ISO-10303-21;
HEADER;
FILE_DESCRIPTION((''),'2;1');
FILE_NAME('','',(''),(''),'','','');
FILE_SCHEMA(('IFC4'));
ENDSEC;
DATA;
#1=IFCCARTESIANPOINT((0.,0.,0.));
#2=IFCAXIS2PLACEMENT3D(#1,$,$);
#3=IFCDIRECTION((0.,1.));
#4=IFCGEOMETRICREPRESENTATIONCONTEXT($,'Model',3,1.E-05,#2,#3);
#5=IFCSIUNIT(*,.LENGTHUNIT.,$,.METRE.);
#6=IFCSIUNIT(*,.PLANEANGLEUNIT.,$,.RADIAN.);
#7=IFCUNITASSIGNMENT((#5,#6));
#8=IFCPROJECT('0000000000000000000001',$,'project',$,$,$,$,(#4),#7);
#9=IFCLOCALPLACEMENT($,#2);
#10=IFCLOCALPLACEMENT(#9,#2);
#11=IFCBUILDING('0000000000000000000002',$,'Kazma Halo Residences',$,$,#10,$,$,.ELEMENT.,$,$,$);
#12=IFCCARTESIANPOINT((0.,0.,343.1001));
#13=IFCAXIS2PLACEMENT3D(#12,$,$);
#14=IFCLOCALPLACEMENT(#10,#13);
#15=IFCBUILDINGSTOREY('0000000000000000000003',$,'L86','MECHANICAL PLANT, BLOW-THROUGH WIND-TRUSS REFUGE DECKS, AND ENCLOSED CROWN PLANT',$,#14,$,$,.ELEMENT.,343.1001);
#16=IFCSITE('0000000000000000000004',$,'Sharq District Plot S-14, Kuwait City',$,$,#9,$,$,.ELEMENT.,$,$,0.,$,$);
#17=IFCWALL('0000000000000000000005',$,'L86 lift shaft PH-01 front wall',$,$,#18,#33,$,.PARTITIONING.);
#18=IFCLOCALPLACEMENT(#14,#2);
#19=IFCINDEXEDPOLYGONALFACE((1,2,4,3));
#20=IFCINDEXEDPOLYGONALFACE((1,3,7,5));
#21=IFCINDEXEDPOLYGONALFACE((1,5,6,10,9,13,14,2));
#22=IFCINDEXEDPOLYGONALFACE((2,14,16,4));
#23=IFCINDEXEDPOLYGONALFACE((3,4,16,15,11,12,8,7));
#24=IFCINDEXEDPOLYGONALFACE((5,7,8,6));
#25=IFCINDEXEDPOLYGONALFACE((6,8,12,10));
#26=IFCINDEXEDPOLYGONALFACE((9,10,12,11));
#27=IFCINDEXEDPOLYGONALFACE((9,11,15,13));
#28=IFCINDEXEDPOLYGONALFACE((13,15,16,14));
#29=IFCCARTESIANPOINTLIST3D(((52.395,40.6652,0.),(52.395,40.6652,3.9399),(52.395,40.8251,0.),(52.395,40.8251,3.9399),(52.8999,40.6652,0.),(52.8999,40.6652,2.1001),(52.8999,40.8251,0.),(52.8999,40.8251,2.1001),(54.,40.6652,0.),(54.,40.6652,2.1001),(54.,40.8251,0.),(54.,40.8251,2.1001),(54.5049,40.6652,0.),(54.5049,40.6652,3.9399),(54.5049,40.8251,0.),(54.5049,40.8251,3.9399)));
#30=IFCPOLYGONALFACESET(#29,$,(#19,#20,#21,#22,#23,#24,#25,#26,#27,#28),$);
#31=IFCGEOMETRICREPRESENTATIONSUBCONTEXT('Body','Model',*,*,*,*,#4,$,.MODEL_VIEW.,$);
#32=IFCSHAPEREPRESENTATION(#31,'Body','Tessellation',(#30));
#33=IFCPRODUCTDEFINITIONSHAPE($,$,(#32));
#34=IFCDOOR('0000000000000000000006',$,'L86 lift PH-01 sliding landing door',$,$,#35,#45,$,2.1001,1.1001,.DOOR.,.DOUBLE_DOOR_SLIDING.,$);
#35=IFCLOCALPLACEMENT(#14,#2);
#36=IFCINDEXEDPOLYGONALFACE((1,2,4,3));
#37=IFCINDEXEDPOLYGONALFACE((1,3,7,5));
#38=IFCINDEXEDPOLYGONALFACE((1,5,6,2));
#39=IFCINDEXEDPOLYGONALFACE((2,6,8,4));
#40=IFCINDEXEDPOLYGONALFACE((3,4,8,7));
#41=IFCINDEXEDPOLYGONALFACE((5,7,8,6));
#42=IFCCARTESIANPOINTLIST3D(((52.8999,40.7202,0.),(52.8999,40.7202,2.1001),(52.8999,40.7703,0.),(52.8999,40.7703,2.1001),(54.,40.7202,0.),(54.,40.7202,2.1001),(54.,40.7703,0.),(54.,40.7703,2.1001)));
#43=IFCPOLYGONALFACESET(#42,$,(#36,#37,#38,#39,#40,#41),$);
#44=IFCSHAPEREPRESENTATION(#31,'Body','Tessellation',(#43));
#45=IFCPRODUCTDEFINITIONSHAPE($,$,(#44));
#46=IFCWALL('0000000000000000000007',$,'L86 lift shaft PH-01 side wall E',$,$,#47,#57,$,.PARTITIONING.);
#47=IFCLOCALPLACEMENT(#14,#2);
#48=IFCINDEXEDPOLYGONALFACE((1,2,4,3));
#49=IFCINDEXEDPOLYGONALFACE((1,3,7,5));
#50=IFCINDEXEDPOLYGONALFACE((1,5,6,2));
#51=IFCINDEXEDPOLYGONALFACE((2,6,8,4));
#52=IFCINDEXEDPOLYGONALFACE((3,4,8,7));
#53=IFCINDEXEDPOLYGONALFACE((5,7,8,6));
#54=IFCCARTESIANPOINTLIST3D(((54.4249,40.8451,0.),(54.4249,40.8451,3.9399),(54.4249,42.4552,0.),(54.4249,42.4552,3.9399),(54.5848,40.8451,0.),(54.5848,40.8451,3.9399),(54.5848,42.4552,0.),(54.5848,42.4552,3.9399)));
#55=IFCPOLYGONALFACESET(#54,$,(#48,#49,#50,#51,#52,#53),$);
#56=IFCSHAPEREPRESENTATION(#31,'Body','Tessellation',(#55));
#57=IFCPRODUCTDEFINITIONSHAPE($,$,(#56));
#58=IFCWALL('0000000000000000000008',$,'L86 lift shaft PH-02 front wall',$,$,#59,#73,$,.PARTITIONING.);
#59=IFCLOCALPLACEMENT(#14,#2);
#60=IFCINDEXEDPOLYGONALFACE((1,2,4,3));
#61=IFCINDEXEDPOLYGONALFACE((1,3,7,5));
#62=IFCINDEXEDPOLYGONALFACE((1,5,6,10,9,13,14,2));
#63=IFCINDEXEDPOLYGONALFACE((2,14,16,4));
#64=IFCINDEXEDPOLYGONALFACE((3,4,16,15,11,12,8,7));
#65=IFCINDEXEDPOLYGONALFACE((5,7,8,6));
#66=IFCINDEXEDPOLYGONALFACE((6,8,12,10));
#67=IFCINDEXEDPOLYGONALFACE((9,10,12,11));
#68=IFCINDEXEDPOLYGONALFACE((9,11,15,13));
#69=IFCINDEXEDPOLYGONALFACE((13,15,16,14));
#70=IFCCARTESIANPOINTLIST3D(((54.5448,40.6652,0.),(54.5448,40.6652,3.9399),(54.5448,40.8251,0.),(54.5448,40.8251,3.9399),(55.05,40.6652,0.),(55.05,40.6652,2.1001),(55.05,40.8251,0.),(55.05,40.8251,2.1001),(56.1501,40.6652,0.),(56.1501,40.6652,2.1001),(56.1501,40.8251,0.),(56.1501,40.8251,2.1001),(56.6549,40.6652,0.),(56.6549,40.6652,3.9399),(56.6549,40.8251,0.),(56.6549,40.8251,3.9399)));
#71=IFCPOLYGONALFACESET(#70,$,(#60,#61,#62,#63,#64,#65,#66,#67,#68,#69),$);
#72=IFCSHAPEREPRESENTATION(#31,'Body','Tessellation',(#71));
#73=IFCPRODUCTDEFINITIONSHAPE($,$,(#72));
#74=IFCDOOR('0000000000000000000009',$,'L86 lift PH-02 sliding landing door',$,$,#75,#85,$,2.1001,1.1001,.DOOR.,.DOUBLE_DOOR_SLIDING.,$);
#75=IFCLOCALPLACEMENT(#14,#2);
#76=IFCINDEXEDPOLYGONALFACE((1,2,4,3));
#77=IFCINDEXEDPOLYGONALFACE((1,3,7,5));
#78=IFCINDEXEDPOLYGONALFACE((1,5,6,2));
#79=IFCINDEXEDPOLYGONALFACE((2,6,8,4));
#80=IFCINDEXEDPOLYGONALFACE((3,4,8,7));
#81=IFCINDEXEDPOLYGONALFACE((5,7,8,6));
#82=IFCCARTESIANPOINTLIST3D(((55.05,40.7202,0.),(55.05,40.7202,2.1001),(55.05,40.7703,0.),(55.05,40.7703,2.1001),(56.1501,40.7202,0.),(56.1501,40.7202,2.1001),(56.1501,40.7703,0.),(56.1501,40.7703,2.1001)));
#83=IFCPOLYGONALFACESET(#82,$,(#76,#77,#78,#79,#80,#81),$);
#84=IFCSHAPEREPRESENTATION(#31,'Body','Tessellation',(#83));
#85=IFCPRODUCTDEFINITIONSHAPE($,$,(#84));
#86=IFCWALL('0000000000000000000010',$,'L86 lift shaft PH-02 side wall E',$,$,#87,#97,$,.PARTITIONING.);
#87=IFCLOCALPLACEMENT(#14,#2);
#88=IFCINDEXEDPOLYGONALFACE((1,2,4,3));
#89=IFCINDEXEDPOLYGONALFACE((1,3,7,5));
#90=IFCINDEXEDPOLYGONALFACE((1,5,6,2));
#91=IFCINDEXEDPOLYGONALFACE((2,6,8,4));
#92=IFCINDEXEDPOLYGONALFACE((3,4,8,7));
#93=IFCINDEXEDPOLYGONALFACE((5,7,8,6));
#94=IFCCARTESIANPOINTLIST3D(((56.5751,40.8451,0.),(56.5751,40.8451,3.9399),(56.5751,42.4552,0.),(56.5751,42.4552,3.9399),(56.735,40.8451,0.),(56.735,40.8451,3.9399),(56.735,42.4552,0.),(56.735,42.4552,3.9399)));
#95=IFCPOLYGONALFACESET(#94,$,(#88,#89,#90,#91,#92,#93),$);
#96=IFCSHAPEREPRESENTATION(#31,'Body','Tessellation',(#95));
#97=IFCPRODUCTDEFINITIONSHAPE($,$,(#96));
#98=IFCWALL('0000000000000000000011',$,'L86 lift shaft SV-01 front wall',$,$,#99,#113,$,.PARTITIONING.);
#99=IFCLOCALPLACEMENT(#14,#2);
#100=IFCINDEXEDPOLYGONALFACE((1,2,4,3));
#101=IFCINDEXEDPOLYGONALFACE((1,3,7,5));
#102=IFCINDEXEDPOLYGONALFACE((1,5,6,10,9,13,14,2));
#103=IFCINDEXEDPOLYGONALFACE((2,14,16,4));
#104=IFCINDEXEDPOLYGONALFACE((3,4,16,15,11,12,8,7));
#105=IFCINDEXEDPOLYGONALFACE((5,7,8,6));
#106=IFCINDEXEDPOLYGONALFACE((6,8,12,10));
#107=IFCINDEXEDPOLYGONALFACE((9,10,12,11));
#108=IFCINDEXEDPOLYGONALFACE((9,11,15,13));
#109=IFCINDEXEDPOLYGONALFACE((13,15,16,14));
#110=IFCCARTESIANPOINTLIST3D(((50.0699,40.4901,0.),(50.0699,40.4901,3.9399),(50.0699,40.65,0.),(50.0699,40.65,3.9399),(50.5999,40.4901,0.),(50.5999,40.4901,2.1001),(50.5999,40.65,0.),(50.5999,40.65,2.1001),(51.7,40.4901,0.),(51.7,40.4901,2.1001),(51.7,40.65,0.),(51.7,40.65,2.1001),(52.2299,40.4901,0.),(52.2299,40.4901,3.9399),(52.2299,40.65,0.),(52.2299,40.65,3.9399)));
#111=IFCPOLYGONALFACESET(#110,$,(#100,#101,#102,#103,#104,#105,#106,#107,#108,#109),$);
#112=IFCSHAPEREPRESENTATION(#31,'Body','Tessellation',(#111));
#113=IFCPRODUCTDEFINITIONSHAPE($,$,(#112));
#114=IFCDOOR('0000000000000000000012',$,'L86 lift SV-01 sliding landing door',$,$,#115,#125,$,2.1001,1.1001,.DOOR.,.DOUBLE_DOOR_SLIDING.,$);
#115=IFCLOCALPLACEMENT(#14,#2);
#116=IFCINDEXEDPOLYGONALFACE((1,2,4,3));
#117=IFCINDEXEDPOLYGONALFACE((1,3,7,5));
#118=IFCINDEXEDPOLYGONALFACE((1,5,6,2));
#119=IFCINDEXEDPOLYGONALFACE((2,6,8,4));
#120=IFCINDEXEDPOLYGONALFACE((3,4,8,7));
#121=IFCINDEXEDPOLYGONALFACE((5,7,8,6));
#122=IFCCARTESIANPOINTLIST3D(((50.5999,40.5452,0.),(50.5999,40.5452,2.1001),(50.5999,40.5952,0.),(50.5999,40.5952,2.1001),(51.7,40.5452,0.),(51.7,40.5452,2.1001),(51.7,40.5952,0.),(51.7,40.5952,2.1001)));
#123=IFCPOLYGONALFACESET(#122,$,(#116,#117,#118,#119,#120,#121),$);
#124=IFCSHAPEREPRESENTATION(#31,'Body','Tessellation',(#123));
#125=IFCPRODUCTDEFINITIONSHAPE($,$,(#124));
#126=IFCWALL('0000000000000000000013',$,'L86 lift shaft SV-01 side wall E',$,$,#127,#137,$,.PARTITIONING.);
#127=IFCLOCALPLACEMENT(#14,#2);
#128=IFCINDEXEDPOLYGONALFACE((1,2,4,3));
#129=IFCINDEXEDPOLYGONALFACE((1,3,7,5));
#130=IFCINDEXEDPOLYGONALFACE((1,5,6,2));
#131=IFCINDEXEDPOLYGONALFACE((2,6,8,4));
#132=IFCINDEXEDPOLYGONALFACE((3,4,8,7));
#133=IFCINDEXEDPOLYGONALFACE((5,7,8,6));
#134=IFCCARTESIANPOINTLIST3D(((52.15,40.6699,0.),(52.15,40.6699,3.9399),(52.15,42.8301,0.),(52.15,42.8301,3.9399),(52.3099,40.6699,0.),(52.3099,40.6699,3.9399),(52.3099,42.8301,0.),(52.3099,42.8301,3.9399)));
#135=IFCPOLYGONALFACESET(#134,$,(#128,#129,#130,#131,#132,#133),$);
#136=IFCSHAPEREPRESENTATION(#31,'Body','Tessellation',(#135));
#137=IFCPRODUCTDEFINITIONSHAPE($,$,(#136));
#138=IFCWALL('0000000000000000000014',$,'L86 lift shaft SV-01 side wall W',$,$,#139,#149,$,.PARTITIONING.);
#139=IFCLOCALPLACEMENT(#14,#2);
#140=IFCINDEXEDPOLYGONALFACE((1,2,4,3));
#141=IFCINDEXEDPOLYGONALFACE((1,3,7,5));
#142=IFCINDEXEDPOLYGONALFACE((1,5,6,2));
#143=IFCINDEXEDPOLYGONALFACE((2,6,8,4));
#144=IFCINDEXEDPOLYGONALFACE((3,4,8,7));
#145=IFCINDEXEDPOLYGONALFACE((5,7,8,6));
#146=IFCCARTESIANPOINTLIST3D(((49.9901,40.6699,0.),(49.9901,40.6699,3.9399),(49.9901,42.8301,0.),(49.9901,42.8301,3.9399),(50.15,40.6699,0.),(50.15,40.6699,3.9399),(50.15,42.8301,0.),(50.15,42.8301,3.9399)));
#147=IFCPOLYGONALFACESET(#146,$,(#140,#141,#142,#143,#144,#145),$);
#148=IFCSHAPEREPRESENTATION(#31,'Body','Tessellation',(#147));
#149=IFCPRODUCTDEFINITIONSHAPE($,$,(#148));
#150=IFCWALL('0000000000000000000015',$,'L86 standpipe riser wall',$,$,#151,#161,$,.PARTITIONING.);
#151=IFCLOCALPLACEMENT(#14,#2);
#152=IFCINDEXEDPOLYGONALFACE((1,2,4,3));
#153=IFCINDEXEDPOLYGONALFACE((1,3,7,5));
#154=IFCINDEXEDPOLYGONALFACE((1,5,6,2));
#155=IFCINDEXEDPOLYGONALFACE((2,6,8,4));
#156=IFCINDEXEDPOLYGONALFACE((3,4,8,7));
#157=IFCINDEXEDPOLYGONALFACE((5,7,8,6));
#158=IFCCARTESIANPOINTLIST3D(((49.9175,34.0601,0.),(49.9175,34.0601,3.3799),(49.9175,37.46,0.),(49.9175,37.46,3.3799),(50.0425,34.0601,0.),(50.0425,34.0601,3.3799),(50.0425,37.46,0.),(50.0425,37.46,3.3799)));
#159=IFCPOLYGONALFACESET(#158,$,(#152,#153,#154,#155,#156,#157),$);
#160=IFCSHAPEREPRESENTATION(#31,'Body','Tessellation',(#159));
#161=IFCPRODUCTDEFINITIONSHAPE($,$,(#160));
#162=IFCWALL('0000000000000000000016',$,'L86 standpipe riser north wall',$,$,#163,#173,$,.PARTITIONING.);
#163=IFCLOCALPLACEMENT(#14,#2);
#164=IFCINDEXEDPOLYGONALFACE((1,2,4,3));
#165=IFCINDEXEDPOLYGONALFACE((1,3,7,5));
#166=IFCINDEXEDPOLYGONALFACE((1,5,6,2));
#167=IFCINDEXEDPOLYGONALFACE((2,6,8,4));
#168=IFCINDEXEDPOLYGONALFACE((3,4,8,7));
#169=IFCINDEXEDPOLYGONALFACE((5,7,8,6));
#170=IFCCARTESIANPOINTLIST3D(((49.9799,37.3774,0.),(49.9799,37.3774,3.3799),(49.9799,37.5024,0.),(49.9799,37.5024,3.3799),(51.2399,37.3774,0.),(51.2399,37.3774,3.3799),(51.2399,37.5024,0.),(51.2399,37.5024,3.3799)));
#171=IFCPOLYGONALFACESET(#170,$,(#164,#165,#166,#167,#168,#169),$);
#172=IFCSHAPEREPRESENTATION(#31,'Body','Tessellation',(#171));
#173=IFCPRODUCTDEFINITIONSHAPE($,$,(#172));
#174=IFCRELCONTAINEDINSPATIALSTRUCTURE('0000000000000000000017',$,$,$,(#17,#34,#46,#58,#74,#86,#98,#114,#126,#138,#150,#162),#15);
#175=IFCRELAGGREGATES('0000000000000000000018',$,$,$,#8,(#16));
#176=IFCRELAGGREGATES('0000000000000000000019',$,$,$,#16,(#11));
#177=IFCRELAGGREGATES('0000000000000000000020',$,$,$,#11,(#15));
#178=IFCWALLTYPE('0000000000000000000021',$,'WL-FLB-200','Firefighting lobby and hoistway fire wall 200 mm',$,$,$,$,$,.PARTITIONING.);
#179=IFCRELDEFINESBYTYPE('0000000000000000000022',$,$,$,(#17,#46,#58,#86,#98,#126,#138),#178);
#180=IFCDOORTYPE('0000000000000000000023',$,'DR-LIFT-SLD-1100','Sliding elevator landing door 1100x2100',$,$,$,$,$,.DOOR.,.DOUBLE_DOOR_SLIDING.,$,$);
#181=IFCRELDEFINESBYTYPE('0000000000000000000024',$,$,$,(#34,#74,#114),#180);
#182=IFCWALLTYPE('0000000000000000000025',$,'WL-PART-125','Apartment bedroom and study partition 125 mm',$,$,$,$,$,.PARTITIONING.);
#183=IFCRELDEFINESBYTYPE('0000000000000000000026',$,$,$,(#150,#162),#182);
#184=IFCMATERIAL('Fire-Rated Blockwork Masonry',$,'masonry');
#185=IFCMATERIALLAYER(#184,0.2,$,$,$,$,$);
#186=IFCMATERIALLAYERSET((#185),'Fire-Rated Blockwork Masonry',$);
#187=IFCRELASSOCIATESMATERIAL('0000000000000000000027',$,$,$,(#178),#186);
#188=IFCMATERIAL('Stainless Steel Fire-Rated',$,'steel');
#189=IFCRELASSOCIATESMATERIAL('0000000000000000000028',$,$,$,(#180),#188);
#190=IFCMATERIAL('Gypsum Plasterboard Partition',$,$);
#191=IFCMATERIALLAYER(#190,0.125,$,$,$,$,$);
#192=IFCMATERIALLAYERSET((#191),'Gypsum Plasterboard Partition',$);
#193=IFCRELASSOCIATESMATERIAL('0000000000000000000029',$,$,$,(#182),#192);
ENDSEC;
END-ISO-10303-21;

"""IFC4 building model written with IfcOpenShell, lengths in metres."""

from ifc_helpers import new_model, si_unit, direction, frame, frame_2d, origin, place, context, subcontext, project, spatial, rectangle, extrude, material, layer, layer_set, type_object, element, fill, save


model = new_model("IFC4")

# Units and contexts
model_context = context("Model", 3, precision=1e-05, world=origin(), true_north=direction((0.0, 1.0)))
body_context = subcontext(model_context, "Body", "Model", "MODEL_VIEW")
ifc_project = project(units=[si_unit("LENGTHUNIT", "METRE"), si_unit("PLANEANGLEUNIT", "RADIAN")], contexts=[model_context])

# Site, building, storey
site_placement = place(None, origin())
site = spatial("IfcSite", under=ifc_project, at=site_placement, Name="Sharq District Plot S-14, Kuwait City", CompositionType="ELEMENT", RefElevation=0.0)
building_placement = place(site_placement, origin())
building = spatial("IfcBuilding", under=site, at=building_placement, Name="Kazma Halo Residences", CompositionType="ELEMENT")
storey_placement = place(building_placement, frame((0.0, 0.0, 343.1001)))
storey = spatial("IfcBuildingStorey", under=building, at=storey_placement, Name="L86", Description="MECHANICAL PLANT, BLOW-THROUGH WIND-TRUSS REFUGE DECKS, AND ENCLOSED CROWN PLANT", CompositionType="ELEMENT", Elevation=343.1001)

# Wall, opening, door
ifc_material_1 = material(Name="Fire-Rated Blockwork Masonry", Category="masonry")
ifc_layer_1 = layer(ifc_material_1, 0.2)
ifc_layer_set_1 = layer_set([ifc_layer_1], Name="Fire-Rated Blockwork Masonry")
wall_type_1 = type_object("IfcWallType", Name="WL-FLB-200", Description="Firefighting lobby and hoistway fire wall 200 mm", PredefinedType="PARTITIONING", material=ifc_layer_set_1)
wall_1_placement = place(storey_placement, frame((54.5049, 40.7451, 0.0), z_axis=(0.0, 0.0, 1.0), x_axis=(-1.0, 0.0, 0.0)))
wall_1 = element("IfcWall", 1, at=wall_1_placement, inside=storey, type_object=wall_type_1, Name="L86 lift shaft PH-01 front wall", PredefinedType="PARTITIONING", context=body_context, shape_type="SweptSolid", body=[
    extrude(rectangle(XDim=2.1099, YDim=0.1599, at=frame_2d((1.0549, 0.0))), origin(), (0.0, 0.0, 1.0), 3.9399),
])
opening_1_placement = place(wall_1_placement, frame((0.5049, 0.0, 0.0)))
opening_1 = element("IfcOpeningElement", 2, at=opening_1_placement, cuts=wall_1, PredefinedType="OPENING", context=body_context, shape_type="SweptSolid", body=[
    extrude(rectangle(XDim=1.1001, YDim=2.1001, at=frame_2d((0.55, 1.05))), frame((0.0, 0.0898, 0.0), z_axis=(0.0, -1.0, 0.0), x_axis=(1.0, 0.0, 0.0)), (0.0, 0.0, 1.0), 0.1799),
])
ifc_material_2 = material(Name="Stainless Steel Fire-Rated", Category="steel")
door_type_1 = type_object("IfcDoorType", Name="DR-LIFT-SLD-1100", Description="Sliding elevator landing door 1100x2100", OperationType="DOUBLE_DOOR_SLIDING", PredefinedType="DOOR", material=ifc_material_2)
door_1_placement = place(opening_1_placement, origin())
door_1 = element("IfcDoor", 3, at=door_1_placement, inside=storey, type_object=door_type_1, Name="L86 lift PH-01 sliding landing door", OperationType="DOUBLE_DOOR_SLIDING", OverallHeight=2.1001, OverallWidth=1.1001, PredefinedType="DOOR", context=body_context, shape_type="SweptSolid", body=[
    extrude(rectangle(XDim=1.1001, YDim=2.1001, at=frame_2d((0.55, 1.05))), frame((0.0, 0.0249, 0.0), z_axis=(0.0, -1.0, 0.0), x_axis=(1.0, 0.0, 0.0)), (0.0, 0.0, 1.0), 0.05),
])
fill(opening_1, door_1)

# Wall
wall_2_placement = place(storey_placement, frame((54.5049, 40.845, 0.0), z_axis=(0.0, 0.0, 1.0), x_axis=(0.0, 1.0, 0.0)))
element("IfcWall", 4, at=wall_2_placement, inside=storey, type_object=wall_type_1, Name="L86 lift shaft PH-01 side wall E", PredefinedType="PARTITIONING", context=body_context, shape_type="SweptSolid", body=[
    extrude(rectangle(XDim=1.6101, YDim=0.1599, at=frame_2d((0.8052, 0.0))), origin(), (0.0, 0.0, 1.0), 3.9399),
])

# Wall, opening, door
wall_3_placement = place(storey_placement, frame((56.655, 40.7451, 0.0), z_axis=(0.0, 0.0, 1.0), x_axis=(-1.0, 0.0, 0.0)))
wall_3 = element("IfcWall", 5, at=wall_3_placement, inside=storey, type_object=wall_type_1, Name="L86 lift shaft PH-02 front wall", PredefinedType="PARTITIONING", context=body_context, shape_type="SweptSolid", body=[
    extrude(rectangle(XDim=2.1101, YDim=0.1599, at=frame_2d((1.0552, 0.0))), origin(), (0.0, 0.0, 1.0), 3.9399),
])
opening_2_placement = place(wall_3_placement, frame((0.5049, 0.0, 0.0)))
opening_2 = element("IfcOpeningElement", 6, at=opening_2_placement, cuts=wall_3, PredefinedType="OPENING", context=body_context, shape_type="SweptSolid", body=[
    extrude(rectangle(XDim=1.1001, YDim=2.1001, at=frame_2d((0.55, 1.05))), frame((0.0, 0.0898, 0.0), z_axis=(0.0, -1.0, 0.0), x_axis=(1.0, 0.0, 0.0)), (0.0, 0.0, 1.0), 0.1799),
])
door_2_placement = place(opening_2_placement, origin())
door_2 = element("IfcDoor", 7, at=door_2_placement, inside=storey, type_object=door_type_1, Name="L86 lift PH-02 sliding landing door", OperationType="DOUBLE_DOOR_SLIDING", OverallHeight=2.1001, OverallWidth=1.1001, PredefinedType="DOOR", context=body_context, shape_type="SweptSolid", body=[
    extrude(rectangle(XDim=1.1001, YDim=2.1001, at=frame_2d((0.55, 1.05))), frame((0.0, 0.0249, 0.0), z_axis=(0.0, -1.0, 0.0), x_axis=(1.0, 0.0, 0.0)), (0.0, 0.0, 1.0), 0.05),
])
fill(opening_2, door_2)

# Wall
wall_4_placement = place(storey_placement, frame((56.655, 40.845, 0.0), z_axis=(0.0, 0.0, 1.0), x_axis=(0.0, 1.0, 0.0)))
element("IfcWall", 8, at=wall_4_placement, inside=storey, type_object=wall_type_1, Name="L86 lift shaft PH-02 side wall E", PredefinedType="PARTITIONING", context=body_context, shape_type="SweptSolid", body=[
    extrude(rectangle(XDim=1.6101, YDim=0.1599, at=frame_2d((0.8052, 0.0))), origin(), (0.0, 0.0, 1.0), 3.9399),
])

# Wall, opening, door
wall_5_placement = place(storey_placement, frame((52.23, 40.5701, 0.0), z_axis=(0.0, 0.0, 1.0), x_axis=(-1.0, 0.0, 0.0)))
wall_5 = element("IfcWall", 9, at=wall_5_placement, inside=storey, type_object=wall_type_1, Name="L86 lift shaft SV-01 front wall", PredefinedType="PARTITIONING", context=body_context, shape_type="SweptSolid", body=[
    extrude(rectangle(XDim=2.1599, YDim=0.1599, at=frame_2d((1.0801, 0.0))), origin(), (0.0, 0.0, 1.0), 3.9399),
])
opening_3_placement = place(wall_5_placement, frame((0.53, 0.0, 0.0)))
opening_3 = element("IfcOpeningElement", 10, at=opening_3_placement, cuts=wall_5, PredefinedType="OPENING", context=body_context, shape_type="SweptSolid", body=[
    extrude(rectangle(XDim=1.1001, YDim=2.1001, at=frame_2d((0.55, 1.05))), frame((0.0, 0.0898, 0.0), z_axis=(0.0, -1.0, 0.0), x_axis=(1.0, 0.0, 0.0)), (0.0, 0.0, 1.0), 0.1799),
])
door_3_placement = place(opening_3_placement, origin())
door_3 = element("IfcDoor", 11, at=door_3_placement, inside=storey, type_object=door_type_1, Name="L86 lift SV-01 sliding landing door", OperationType="DOUBLE_DOOR_SLIDING", OverallHeight=2.1001, OverallWidth=1.1001, PredefinedType="DOOR", context=body_context, shape_type="SweptSolid", body=[
    extrude(rectangle(XDim=1.1001, YDim=2.1001, at=frame_2d((0.55, 1.05))), frame((0.0, 0.0249, 0.0), z_axis=(0.0, -1.0, 0.0), x_axis=(1.0, 0.0, 0.0)), (0.0, 0.0, 1.0), 0.05),
])
fill(opening_3, door_3)

# Walls
for number, where, z_axis, x_axis, name in (
    (12, (52.23, 40.6699, 0.0), (0.0, 0.0, 1.0), (0.0, 1.0, 0.0), "L86 lift shaft SV-01 side wall E"),
    (13, (50.0701, 40.6699, 0.0), (0.0, 0.0, 1.0), (0.0, 1.0, 0.0), "L86 lift shaft SV-01 side wall W"),
):
    element("IfcWall", number, at=place(storey_placement, frame(where, z_axis=z_axis, x_axis=x_axis)), inside=storey, type_object=wall_type_1, Name=name, PredefinedType="PARTITIONING", context=body_context, shape_type="SweptSolid", body=[
        extrude(rectangle(XDim=2.1602, YDim=0.1599, at=frame_2d((1.0801, 0.0))), origin(), (0.0, 0.0, 1.0), 3.9399),
    ])
ifc_material_3 = material(Name="Gypsum Plasterboard Partition")
ifc_layer_2 = layer(ifc_material_3, 0.125)
ifc_layer_set_2 = layer_set([ifc_layer_2], Name="Gypsum Plasterboard Partition")
wall_type_2 = type_object("IfcWallType", Name="WL-PART-125", Description="Apartment bedroom and study partition 125 mm", PredefinedType="PARTITIONING", material=ifc_layer_set_2)
wall_6_placement = place(storey_placement, frame((49.98, 34.0601, 0.0), z_axis=(0.0, 0.0, 1.0), x_axis=(0.0, 1.0, 0.0)))
element("IfcWall", 14, at=wall_6_placement, inside=storey, type_object=wall_type_2, Name="L86 standpipe riser wall", PredefinedType="PARTITIONING", context=body_context, shape_type="SweptSolid", body=[
    extrude(rectangle(XDim=3.3999, YDim=0.125, at=frame_2d((1.7, 0.0))), origin(), (0.0, 0.0, 1.0), 3.3799),
])
wall_7_placement = place(storey_placement, frame((49.98, 37.4399, 0.0), z_axis=(0.0, 0.0, 1.0), x_axis=(1.0, 0.0, 0.0)))
element("IfcWall", 15, at=wall_7_placement, inside=storey, type_object=wall_type_2, Name="L86 standpipe riser north wall", PredefinedType="PARTITIONING", context=body_context, shape_type="SweptSolid", body=[
    extrude(rectangle(XDim=1.26, YDim=0.125, at=frame_2d((0.6299, 0.0))), origin(), (0.0, 0.0, 1.0), 3.3799),
])

save(model, "model.ifc")
